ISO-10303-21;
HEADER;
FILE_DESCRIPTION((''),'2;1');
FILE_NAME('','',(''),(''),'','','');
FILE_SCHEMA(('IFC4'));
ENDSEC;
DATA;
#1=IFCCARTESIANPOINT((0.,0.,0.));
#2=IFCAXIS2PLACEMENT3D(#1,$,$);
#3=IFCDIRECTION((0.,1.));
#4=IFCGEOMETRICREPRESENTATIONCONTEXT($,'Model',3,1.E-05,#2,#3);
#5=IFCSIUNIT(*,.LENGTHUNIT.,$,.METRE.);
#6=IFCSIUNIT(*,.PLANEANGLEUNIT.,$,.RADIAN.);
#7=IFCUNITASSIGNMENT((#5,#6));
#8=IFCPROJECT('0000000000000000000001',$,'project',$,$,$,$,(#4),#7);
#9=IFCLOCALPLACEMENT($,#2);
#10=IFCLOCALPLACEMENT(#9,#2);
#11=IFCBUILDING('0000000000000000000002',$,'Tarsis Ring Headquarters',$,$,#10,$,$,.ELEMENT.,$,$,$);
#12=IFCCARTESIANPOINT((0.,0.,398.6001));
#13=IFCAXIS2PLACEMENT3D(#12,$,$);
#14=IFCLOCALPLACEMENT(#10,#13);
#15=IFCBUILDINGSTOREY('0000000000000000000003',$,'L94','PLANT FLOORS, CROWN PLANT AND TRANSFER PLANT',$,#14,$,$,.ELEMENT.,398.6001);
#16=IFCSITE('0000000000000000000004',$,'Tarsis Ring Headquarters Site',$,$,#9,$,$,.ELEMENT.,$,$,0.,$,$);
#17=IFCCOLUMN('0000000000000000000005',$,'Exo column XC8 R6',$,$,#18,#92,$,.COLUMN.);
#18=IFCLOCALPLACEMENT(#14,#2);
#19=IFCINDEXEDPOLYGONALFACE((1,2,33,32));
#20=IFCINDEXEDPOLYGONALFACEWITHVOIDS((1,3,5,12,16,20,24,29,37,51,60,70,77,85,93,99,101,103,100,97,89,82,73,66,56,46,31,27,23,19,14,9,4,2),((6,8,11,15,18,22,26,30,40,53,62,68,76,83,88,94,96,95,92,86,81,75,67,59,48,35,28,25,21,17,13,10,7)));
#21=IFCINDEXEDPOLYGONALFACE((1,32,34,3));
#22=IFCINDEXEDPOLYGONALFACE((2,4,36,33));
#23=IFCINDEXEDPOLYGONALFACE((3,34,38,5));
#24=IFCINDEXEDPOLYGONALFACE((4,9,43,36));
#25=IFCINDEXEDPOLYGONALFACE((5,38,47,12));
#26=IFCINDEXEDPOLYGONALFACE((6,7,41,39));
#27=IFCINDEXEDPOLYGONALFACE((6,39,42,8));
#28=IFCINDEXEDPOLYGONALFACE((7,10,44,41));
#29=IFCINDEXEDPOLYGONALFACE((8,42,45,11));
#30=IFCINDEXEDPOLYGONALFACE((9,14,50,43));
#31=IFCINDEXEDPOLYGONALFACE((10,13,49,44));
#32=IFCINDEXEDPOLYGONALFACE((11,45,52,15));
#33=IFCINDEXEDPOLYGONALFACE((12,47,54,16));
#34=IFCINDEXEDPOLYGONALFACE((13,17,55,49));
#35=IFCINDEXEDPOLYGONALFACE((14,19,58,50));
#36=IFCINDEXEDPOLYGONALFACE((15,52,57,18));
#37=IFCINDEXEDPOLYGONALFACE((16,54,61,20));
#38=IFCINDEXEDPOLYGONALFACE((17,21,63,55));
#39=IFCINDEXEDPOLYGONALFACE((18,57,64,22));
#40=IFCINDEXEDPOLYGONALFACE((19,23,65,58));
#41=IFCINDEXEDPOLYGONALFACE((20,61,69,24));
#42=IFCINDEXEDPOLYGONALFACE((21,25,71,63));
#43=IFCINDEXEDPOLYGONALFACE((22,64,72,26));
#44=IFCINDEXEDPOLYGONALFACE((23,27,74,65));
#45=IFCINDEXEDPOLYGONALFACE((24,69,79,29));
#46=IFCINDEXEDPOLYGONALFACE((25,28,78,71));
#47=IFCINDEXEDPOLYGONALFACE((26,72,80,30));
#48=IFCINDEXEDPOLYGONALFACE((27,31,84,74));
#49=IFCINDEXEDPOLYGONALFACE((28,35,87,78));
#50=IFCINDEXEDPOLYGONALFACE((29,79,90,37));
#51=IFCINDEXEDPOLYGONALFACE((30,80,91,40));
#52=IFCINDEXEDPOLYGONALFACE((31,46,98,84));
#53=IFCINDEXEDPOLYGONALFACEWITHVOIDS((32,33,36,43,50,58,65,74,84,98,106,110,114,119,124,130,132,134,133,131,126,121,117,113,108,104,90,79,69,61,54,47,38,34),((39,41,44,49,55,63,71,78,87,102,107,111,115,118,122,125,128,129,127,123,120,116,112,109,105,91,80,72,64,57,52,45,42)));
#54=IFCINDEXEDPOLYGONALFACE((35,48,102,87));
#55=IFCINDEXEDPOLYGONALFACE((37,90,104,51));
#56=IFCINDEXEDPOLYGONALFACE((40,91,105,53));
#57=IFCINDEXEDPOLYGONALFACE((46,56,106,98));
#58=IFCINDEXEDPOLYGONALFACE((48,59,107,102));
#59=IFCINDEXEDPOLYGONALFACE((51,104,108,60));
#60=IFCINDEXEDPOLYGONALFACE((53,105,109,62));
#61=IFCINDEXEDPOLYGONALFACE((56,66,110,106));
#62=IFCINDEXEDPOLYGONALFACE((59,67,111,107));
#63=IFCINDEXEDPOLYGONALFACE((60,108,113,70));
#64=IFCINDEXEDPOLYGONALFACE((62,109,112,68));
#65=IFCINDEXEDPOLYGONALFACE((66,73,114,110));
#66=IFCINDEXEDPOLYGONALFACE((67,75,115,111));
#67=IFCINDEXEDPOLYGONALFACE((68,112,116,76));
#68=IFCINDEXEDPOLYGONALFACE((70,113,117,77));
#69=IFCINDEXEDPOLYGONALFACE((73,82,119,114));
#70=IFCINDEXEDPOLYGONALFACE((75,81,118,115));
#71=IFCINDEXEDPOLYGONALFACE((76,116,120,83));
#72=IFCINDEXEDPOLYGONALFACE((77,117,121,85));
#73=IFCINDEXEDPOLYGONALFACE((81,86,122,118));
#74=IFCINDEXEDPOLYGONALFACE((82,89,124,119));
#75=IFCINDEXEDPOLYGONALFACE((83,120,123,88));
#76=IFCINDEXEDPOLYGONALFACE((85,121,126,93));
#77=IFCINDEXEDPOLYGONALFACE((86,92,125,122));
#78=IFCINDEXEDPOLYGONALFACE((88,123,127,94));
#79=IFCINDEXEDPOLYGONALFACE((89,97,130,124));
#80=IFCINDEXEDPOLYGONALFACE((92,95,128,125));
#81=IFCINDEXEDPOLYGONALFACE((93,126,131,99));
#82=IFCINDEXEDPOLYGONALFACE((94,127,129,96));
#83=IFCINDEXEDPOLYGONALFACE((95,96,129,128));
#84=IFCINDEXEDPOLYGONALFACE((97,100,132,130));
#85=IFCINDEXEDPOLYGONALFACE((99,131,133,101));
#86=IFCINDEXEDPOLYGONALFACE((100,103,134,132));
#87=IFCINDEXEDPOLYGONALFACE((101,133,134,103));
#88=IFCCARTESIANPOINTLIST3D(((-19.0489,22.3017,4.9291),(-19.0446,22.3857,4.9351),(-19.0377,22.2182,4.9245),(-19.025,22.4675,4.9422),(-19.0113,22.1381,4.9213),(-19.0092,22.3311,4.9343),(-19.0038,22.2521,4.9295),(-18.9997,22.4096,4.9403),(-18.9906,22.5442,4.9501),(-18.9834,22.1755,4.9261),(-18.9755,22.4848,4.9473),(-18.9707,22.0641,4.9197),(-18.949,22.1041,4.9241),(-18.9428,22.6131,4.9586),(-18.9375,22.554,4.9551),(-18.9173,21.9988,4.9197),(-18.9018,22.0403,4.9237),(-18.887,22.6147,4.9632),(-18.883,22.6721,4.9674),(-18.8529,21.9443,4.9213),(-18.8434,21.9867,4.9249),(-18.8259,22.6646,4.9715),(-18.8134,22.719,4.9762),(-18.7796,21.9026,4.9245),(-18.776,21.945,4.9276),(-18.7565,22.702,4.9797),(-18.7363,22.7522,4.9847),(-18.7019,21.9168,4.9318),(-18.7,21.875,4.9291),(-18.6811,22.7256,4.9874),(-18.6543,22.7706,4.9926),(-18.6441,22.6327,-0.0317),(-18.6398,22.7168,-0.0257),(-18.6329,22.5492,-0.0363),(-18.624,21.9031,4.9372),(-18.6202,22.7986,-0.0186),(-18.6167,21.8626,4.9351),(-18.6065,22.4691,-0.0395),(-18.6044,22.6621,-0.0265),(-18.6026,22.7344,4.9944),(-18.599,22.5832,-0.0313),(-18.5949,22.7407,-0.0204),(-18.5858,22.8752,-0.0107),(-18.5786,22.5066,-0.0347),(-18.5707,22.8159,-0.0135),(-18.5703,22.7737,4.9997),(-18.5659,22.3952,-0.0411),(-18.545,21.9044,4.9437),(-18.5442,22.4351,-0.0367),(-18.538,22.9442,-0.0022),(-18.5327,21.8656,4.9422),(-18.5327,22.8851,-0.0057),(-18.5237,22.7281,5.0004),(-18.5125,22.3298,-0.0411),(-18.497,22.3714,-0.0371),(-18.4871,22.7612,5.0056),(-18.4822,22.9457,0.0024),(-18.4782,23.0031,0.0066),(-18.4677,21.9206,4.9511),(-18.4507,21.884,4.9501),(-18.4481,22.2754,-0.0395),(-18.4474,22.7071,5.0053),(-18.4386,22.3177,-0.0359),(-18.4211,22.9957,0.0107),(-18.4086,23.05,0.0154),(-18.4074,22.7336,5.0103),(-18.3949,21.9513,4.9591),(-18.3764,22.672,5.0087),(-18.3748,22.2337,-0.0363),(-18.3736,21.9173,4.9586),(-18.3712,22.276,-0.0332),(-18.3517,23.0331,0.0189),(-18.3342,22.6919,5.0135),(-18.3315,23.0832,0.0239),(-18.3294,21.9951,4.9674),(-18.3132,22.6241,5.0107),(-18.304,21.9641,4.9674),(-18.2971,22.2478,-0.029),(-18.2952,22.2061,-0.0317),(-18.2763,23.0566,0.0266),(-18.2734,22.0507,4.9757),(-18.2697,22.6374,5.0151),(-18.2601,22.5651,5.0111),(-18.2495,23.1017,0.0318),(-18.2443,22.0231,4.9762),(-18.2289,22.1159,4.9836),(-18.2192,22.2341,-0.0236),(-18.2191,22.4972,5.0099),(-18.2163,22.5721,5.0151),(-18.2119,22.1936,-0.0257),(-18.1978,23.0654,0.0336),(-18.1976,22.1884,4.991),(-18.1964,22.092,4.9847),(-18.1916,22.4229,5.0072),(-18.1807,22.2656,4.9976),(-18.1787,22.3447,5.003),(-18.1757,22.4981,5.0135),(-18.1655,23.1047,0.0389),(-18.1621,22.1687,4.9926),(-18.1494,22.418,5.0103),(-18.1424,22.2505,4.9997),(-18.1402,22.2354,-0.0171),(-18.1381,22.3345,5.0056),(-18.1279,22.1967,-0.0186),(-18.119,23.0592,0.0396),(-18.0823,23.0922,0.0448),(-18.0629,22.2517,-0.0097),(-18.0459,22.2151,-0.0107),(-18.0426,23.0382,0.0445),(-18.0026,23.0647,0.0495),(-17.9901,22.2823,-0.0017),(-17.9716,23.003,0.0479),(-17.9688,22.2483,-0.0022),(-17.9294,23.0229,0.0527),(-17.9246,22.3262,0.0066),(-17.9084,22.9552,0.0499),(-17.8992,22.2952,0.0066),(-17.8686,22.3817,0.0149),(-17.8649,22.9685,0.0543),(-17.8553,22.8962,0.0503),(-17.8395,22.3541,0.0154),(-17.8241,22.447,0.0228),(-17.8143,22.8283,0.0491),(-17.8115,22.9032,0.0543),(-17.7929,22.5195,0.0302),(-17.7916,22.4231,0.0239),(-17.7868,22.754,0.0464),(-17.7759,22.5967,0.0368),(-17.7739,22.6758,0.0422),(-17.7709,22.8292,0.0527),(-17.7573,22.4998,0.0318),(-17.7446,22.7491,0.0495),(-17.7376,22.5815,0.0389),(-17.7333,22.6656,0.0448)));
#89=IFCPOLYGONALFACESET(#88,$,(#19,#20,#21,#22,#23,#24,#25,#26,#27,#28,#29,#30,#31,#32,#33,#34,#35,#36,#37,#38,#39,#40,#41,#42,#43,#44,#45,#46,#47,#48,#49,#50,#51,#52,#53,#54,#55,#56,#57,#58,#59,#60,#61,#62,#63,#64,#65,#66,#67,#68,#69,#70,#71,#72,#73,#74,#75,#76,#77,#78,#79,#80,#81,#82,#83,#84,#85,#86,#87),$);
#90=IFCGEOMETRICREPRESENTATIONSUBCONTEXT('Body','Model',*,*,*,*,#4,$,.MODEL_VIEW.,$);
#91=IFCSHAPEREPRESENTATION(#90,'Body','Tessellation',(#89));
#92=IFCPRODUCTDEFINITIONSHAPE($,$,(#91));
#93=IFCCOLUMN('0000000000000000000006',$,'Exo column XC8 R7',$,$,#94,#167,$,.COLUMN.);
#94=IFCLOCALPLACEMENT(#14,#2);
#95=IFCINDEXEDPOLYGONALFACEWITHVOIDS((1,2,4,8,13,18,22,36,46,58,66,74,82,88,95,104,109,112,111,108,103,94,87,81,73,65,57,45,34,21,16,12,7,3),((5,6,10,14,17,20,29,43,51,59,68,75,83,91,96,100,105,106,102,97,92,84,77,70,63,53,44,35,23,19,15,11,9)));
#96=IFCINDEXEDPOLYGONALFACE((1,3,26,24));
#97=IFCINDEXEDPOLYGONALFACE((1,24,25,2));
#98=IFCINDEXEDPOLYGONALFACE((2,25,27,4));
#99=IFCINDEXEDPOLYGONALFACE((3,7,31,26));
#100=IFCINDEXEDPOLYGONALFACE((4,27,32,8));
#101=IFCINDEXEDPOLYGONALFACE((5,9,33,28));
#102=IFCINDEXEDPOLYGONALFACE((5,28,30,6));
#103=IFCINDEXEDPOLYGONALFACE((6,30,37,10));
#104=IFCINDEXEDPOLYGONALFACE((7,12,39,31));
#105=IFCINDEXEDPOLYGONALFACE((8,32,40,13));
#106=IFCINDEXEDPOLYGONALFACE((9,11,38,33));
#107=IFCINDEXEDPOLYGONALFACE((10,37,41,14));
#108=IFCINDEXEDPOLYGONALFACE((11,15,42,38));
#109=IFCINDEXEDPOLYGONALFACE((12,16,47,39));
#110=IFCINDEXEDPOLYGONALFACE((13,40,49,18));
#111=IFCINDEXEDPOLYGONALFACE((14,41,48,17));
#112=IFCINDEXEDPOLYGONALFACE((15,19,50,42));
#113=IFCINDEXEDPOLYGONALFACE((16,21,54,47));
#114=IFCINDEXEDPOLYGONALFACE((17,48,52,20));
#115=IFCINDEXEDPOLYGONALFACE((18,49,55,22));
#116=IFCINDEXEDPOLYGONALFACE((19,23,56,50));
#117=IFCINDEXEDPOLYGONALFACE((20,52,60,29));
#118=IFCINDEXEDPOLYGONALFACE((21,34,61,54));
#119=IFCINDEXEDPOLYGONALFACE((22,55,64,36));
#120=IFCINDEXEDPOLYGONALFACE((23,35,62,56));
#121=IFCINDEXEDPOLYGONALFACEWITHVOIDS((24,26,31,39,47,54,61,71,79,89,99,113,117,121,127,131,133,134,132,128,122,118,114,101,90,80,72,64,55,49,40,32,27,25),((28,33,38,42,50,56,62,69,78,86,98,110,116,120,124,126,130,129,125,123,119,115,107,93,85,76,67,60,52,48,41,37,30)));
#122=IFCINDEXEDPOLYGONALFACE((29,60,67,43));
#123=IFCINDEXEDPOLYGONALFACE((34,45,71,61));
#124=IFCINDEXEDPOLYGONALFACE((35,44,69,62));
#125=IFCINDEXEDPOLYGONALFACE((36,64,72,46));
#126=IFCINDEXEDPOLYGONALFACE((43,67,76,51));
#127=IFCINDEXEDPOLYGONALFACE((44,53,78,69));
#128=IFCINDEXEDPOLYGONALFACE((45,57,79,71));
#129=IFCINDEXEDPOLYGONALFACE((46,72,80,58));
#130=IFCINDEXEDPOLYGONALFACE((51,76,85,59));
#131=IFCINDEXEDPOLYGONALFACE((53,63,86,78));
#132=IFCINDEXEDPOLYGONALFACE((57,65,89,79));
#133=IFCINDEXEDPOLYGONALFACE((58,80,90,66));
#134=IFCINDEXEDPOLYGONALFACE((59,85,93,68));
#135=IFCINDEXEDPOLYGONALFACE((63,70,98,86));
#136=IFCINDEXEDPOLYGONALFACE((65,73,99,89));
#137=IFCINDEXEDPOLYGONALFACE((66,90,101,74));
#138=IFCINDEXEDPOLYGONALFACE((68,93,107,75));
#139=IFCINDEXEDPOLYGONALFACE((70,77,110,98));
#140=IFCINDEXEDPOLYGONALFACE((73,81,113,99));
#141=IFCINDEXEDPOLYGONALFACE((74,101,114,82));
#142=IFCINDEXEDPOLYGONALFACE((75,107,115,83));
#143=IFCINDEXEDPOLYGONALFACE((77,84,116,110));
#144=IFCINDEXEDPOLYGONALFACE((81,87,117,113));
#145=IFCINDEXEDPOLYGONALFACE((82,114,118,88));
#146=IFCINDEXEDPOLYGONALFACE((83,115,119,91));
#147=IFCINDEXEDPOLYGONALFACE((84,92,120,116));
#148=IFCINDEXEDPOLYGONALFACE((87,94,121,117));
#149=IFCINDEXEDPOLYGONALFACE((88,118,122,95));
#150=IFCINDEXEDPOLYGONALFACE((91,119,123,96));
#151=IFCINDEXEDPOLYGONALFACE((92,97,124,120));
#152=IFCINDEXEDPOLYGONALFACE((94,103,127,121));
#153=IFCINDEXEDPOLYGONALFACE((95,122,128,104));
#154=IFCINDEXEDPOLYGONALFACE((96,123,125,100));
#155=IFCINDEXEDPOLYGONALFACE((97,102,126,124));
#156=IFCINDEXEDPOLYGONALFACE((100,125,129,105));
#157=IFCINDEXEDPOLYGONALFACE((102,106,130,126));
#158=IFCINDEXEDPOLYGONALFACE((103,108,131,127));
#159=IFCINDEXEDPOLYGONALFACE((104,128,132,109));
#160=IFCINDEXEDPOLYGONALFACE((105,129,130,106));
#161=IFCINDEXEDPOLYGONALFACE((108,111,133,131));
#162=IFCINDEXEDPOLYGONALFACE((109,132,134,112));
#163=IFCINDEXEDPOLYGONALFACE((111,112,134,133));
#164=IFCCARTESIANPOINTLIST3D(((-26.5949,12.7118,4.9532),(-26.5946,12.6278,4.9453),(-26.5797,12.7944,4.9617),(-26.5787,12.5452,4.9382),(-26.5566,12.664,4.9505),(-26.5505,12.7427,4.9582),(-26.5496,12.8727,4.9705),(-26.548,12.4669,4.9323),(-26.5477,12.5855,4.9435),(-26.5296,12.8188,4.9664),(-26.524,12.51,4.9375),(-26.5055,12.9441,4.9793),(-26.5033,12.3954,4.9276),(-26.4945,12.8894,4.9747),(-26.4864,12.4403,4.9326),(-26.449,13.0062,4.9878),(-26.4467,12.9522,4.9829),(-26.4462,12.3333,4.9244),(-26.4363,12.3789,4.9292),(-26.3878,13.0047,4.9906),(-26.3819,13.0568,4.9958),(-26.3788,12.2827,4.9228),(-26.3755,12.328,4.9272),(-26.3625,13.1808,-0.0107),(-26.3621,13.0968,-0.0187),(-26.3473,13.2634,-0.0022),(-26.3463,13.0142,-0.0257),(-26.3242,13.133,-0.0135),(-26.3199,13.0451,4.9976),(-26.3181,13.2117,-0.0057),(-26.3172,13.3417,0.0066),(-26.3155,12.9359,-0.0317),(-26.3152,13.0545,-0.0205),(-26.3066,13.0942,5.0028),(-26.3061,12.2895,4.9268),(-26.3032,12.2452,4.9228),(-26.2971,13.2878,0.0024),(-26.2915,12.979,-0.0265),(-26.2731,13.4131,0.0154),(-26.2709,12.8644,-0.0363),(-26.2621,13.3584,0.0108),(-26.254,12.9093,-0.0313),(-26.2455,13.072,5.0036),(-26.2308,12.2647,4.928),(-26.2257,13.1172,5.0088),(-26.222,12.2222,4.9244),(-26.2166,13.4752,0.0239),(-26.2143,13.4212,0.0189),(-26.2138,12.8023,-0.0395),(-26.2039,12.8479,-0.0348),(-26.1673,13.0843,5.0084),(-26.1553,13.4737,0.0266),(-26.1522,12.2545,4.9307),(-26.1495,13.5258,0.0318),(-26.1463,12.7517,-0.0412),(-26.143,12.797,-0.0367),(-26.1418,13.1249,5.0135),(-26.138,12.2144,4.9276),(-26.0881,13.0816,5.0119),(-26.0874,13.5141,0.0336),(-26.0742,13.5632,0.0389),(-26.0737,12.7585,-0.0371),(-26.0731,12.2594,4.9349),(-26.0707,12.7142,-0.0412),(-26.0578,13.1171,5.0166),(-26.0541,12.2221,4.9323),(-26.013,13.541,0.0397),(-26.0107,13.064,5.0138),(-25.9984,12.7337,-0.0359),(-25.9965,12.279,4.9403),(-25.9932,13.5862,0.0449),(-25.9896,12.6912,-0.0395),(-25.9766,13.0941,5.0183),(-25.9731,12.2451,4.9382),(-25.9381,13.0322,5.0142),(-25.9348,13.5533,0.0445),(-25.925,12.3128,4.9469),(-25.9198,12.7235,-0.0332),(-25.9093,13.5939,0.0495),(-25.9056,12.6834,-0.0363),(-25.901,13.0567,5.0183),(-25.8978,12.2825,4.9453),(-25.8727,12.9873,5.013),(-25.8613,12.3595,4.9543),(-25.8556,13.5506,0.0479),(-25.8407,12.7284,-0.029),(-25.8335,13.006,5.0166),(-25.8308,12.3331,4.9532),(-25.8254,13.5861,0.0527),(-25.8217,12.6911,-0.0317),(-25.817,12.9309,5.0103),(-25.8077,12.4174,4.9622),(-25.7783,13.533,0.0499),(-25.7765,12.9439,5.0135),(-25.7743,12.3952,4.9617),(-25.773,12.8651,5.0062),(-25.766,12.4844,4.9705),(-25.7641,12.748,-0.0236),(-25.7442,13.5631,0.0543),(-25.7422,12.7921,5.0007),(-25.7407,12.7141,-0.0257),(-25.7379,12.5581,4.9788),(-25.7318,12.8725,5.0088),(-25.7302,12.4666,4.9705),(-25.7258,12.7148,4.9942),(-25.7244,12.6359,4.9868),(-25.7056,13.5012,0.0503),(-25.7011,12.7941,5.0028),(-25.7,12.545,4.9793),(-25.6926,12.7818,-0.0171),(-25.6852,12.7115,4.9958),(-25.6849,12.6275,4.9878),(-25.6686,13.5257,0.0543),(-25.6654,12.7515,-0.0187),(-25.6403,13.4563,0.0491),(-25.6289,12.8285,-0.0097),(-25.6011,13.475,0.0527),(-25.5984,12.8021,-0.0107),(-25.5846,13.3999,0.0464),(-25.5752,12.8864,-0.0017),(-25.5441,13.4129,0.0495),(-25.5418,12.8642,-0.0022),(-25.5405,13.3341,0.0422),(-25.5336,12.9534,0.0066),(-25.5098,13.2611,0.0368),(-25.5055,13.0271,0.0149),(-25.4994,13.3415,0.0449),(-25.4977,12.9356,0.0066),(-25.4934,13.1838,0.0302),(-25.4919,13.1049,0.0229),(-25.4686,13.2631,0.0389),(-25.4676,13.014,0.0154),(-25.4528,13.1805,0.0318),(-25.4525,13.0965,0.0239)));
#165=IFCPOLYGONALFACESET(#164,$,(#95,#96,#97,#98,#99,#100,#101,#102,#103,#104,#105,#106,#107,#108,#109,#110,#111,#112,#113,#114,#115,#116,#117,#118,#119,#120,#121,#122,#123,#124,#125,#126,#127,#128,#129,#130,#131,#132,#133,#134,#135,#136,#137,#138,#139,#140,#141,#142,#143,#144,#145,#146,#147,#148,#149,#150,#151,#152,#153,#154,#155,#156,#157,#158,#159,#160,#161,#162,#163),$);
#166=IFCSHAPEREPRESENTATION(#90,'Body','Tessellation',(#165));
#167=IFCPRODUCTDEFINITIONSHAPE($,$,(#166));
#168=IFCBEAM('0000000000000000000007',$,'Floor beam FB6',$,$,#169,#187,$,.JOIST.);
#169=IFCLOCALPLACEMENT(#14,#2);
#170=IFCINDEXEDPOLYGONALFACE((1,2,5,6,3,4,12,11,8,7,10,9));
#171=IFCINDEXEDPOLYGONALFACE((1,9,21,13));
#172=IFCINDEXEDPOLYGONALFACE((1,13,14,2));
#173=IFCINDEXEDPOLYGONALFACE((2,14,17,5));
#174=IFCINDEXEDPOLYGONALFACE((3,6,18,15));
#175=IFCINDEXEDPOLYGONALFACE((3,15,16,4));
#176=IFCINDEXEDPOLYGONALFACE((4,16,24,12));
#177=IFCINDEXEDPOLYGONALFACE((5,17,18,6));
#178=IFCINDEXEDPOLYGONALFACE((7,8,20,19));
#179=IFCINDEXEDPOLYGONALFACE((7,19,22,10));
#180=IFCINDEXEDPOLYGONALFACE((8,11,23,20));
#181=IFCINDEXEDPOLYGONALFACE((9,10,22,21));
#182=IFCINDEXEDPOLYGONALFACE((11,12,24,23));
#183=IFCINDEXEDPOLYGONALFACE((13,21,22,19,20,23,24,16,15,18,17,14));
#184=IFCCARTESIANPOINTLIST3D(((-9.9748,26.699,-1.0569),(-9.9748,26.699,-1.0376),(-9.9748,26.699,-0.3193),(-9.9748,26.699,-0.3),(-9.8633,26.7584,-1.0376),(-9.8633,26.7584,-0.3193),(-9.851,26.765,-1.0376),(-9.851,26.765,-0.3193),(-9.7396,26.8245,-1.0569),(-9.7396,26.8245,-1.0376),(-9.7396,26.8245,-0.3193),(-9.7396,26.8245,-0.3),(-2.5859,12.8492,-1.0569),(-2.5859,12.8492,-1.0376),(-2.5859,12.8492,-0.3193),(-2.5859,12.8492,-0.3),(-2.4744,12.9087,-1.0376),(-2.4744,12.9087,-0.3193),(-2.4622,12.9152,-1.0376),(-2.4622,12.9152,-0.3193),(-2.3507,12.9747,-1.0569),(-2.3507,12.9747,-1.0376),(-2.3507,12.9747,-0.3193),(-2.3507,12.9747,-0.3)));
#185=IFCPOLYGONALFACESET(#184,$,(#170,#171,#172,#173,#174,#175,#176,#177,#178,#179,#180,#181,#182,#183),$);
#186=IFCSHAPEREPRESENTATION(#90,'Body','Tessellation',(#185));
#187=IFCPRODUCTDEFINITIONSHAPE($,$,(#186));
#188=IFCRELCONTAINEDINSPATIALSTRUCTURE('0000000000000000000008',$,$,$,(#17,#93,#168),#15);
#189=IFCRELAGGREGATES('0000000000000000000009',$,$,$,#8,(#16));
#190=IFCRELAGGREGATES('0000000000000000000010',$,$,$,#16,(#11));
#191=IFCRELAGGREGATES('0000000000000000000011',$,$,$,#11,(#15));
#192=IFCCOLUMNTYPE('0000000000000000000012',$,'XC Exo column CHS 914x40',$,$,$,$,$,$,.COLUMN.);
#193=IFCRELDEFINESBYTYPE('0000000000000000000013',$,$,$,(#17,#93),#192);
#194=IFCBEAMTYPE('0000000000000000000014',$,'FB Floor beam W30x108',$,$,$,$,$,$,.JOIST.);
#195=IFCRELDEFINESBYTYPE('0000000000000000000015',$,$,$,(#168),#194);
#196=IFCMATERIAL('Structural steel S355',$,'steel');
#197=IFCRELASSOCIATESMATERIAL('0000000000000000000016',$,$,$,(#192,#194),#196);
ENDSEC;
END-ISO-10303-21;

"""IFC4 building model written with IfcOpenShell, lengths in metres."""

from ifc_helpers import new_model, si_unit, direction, frame, origin, origin_2d, place, context, subcontext, project, spatial, hollow_circle, i_section, extrude, material, material_profile, profile_set, type_object, element, save


model = new_model("IFC4")

# Units and contexts
model_context = context("Model", 3, precision=1e-05, world=origin(), true_north=direction((0.0, 1.0)))
body_context = subcontext(model_context, "Body", "Model", "MODEL_VIEW")
ifc_project = project(units=[si_unit("LENGTHUNIT", "METRE"), si_unit("PLANEANGLEUNIT", "RADIAN")], contexts=[model_context])

# Site, building, storey
site_placement = place(None, origin())
site = spatial("IfcSite", under=ifc_project, at=site_placement, Name="Tarsis Ring Headquarters Site", CompositionType="ELEMENT", RefElevation=0.0)
building_placement = place(site_placement, origin())
building = spatial("IfcBuilding", under=site, at=building_placement, Name="Tarsis Ring Headquarters", CompositionType="ELEMENT")
storey_placement = place(building_placement, frame((0.0, 0.0, 398.6001)))
storey = spatial("IfcBuildingStorey", under=building, at=storey_placement, Name="L94", Description="PLANT FLOORS, CROWN PLANT AND TRANSFER PLANT", CompositionType="ELEMENT", Elevation=398.6001)

# Columns
ifc_material_1 = material(Name="Structural steel S355", Category="steel")
ifc_material_profile_1 = material_profile(ifc_material_1, hollow_circle(Radius=0.457, WallThickness=0.04, at=origin_2d()), Name="CHS 914x40")
ifc_profile_set_1 = profile_set([ifc_material_profile_1], Name="Structural steel S355")
column_type = type_object("IfcColumnType", Name="XC Exo column CHS 914x40", PredefinedType="COLUMN", material=ifc_profile_set_1)
column_1_placement = place(storey_placement, frame((-18.1887, 22.6492, 0.0066), z_axis=(-0.081149, -0.066368, 0.99449), x_axis=(0.633085, -0.774082, 0.0)))
element("IfcColumn", 1, at=column_1_placement, inside=storey, type_object=column_type, Name="Exo column XC8 R6", PredefinedType="COLUMN", context=body_context, shape_type="SweptSolid", body=[
    extrude(hollow_circle(Radius=0.4573, WallThickness=0.04, at=origin_2d()), origin(), (0.0, 0.0, 1.0), 4.9883),
])
column_2_placement = place(storey_placement, frame((-25.9075, 13.1387, 0.0066), z_axis=(-0.046565, -0.093961, 0.994486), x_axis=(0.896007, -0.444039, 0.0)))
element("IfcColumn", 2, at=column_2_placement, inside=storey, type_object=column_type, Name="Exo column XC8 R7", PredefinedType="COLUMN", context=body_context, shape_type="SweptSolid", body=[
    extrude(hollow_circle(Radius=0.4573, WallThickness=0.04, at=origin_2d()), origin(), (0.0, 0.0, 1.0), 4.9915),
])

# Beam
ifc_material_profile_2 = material_profile(ifc_material_1, i_section(OverallWidth=0.2666, OverallDepth=0.7568, WebThickness=0.0139, FlangeThickness=0.0193, at=origin_2d()), Name="W30x108")
ifc_profile_set_2 = profile_set([ifc_material_profile_2], Name="Structural steel S355")
beam_type_1 = type_object("IfcBeamType", Name="FB Floor beam W30x108", PredefinedType="JOIST", material=ifc_profile_set_2)
beam_1_placement = place(storey_placement, frame((-9.8572, 26.7617, -0.6785), z_axis=(0.470704, -0.882291, 0.0), x_axis=(0.882291, 0.470704, 0.0)))
element("IfcBeam", 3, at=beam_1_placement, inside=storey, type_object=beam_type_1, Name="Floor beam FB6", PredefinedType="JOIST", context=body_context, shape_type="SweptSolid", body=[
    extrude(i_section(OverallWidth=0.2666, OverallDepth=0.7568, WebThickness=0.0139, FlangeThickness=0.0193, at=origin_2d()), origin(), (0.0, 0.0, 1.0), 15.6975),
])

save(model, "model.ifc")
